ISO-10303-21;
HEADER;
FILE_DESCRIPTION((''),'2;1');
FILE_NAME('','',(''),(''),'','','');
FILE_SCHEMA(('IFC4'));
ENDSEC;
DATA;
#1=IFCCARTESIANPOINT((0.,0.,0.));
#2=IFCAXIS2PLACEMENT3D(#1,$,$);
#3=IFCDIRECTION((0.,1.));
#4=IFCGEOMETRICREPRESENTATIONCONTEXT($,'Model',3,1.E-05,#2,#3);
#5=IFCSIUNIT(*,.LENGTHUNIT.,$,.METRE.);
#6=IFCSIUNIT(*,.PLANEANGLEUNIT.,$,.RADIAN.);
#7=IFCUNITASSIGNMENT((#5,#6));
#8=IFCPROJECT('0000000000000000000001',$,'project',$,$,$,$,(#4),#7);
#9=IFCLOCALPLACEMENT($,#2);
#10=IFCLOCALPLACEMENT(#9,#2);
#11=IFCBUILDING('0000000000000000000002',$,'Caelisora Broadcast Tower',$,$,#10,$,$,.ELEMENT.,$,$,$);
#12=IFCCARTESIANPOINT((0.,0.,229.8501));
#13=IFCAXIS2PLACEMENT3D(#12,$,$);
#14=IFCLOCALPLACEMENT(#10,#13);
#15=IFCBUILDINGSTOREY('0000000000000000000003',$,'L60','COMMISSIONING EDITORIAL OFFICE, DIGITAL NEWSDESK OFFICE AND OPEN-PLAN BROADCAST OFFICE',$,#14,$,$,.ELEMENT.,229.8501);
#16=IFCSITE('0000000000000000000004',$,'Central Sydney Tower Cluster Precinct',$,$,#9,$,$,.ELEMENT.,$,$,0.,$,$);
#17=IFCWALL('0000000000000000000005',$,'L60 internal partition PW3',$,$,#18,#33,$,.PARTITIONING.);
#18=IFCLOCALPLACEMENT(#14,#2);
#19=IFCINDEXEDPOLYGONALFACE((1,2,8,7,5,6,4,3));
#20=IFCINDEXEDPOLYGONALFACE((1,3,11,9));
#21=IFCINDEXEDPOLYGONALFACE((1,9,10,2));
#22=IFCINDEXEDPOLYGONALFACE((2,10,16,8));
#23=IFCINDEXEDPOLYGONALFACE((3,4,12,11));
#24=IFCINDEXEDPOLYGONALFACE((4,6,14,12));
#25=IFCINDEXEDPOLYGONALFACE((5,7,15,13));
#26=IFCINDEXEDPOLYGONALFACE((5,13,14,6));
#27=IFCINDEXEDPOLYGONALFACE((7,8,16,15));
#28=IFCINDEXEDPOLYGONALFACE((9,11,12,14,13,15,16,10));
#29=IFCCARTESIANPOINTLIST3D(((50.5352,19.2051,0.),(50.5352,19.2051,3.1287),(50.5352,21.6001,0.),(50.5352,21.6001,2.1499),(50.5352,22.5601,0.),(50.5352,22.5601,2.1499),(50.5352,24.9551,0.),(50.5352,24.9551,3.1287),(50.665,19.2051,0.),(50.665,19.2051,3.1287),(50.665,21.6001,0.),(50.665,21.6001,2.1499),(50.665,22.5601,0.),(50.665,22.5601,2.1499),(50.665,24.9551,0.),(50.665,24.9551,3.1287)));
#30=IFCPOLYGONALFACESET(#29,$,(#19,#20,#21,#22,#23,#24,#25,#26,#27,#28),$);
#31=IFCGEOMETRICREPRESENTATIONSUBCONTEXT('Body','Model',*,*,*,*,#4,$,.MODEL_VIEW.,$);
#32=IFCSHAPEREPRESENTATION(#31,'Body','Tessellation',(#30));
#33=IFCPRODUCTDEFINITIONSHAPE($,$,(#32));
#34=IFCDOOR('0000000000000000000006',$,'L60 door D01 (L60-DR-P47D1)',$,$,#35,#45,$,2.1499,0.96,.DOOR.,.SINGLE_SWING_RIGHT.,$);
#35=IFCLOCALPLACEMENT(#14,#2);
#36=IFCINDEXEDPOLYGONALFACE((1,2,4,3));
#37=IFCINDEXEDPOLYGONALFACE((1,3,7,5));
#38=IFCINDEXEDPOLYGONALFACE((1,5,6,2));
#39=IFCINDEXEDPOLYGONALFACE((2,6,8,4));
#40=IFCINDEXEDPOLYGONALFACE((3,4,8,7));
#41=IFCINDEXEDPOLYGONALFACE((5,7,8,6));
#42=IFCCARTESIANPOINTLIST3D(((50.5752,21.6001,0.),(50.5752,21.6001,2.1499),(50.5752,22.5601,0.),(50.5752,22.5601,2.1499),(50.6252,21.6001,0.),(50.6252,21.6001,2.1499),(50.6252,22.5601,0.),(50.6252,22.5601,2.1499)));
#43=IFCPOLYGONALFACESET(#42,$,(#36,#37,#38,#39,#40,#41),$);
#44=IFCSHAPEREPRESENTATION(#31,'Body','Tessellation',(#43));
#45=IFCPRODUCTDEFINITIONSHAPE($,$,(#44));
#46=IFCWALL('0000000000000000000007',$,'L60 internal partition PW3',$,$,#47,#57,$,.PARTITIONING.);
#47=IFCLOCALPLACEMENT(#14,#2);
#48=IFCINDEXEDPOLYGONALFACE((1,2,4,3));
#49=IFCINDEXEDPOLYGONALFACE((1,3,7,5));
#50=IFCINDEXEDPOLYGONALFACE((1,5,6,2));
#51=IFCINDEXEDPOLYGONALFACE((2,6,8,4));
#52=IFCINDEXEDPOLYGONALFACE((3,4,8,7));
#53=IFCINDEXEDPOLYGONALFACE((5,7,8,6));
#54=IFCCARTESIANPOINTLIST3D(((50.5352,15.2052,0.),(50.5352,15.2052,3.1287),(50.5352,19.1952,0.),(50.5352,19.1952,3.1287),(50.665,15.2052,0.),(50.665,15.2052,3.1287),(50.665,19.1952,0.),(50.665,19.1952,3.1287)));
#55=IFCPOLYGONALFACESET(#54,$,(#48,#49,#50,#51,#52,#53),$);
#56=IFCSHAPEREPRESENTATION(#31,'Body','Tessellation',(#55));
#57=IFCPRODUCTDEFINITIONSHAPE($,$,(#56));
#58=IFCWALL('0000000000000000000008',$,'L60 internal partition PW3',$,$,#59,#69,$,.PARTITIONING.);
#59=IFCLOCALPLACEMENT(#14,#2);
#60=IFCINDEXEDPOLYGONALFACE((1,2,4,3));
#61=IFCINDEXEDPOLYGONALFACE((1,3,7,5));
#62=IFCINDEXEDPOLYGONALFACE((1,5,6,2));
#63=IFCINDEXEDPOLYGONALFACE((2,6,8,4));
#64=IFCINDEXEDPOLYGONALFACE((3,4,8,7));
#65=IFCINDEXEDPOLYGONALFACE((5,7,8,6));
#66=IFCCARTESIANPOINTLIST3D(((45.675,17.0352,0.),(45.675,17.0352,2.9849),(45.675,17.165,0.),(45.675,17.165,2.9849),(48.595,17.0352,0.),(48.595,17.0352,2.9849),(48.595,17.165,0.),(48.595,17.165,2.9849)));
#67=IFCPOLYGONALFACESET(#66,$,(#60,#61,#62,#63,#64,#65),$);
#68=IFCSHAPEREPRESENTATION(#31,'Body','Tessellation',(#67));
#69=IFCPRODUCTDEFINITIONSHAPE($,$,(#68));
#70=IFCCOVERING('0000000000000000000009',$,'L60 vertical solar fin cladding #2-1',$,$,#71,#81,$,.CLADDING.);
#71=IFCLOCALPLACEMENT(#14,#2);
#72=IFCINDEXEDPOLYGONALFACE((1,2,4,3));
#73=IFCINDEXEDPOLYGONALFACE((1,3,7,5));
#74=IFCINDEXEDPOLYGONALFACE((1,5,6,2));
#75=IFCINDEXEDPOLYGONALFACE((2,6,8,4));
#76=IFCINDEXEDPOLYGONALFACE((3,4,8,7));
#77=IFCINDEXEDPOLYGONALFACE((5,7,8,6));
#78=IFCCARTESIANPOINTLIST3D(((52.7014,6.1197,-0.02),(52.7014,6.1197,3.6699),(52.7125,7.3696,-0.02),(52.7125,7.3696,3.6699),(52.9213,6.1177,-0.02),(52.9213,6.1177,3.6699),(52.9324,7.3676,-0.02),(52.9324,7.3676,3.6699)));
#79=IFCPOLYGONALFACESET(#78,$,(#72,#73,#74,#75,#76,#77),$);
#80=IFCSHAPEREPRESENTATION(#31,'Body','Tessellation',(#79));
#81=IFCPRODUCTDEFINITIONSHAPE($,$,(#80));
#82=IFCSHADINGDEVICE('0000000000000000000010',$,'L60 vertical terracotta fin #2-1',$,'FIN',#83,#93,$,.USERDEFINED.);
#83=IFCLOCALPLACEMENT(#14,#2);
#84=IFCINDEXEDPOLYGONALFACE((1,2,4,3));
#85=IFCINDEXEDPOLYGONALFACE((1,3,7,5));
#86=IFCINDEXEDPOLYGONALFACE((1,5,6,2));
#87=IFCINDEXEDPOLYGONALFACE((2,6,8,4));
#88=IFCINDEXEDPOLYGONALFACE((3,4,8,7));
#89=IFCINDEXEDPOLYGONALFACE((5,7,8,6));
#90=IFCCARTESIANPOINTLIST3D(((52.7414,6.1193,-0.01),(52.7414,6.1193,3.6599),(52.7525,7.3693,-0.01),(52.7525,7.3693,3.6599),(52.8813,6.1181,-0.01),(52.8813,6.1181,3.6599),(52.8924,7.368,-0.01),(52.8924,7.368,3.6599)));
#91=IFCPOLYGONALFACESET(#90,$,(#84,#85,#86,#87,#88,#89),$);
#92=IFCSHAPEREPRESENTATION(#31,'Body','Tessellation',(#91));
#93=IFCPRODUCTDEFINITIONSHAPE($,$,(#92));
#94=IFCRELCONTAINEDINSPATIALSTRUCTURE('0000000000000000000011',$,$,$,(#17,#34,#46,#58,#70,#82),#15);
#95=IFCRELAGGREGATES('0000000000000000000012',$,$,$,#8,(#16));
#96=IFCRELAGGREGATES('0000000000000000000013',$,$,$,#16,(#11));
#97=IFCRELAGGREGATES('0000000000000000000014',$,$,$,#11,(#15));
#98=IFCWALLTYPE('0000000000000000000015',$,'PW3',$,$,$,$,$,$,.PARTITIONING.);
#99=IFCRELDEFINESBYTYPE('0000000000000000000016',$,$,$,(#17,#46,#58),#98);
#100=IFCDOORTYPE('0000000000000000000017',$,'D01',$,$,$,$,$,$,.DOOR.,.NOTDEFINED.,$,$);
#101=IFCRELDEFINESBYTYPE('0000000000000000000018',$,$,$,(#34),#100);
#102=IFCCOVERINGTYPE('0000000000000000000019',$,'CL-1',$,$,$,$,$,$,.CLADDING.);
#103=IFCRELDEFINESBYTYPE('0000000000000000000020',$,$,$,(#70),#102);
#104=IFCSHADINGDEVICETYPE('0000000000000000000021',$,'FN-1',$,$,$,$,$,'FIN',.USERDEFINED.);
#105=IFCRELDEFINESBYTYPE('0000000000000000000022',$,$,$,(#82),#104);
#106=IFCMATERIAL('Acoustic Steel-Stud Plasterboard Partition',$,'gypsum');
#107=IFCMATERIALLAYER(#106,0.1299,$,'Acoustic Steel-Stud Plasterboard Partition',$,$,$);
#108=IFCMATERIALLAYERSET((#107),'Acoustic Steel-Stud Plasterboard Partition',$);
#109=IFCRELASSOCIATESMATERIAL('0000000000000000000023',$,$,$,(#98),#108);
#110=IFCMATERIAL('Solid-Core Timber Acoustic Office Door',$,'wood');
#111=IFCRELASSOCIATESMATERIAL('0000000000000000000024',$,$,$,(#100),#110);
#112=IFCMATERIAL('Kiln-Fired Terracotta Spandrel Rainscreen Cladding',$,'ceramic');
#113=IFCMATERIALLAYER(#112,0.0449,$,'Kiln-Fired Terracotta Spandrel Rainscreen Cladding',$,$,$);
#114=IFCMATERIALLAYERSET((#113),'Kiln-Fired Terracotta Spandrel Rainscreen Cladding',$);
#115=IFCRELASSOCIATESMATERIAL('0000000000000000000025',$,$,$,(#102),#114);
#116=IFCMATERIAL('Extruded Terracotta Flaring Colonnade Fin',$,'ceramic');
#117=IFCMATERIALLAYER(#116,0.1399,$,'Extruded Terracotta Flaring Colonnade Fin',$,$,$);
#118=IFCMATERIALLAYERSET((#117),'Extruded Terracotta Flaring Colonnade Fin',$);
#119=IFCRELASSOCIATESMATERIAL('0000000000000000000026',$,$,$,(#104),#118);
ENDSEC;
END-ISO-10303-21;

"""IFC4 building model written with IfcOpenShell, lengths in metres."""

from ifc_helpers import new_model, si_unit, direction, frame, frame_2d, origin, origin_2d, place, context, subcontext, project, spatial, rectangle, extrude, source, transform, mapped, material, layer, layer_set, type_object, type_shapes, element, fill, save


model = new_model("IFC4")

# Units and contexts
model_context = context("Model", 3, precision=1e-05, world=origin(), true_north=direction((0.0, 1.0)))
body_context = subcontext(model_context, "Body", "Model", "MODEL_VIEW")
ifc_project = project(units=[si_unit("LENGTHUNIT", "METRE"), si_unit("PLANEANGLEUNIT", "RADIAN")], contexts=[model_context])

# Site, building, storey
site_placement = place(None, origin())
site = spatial("IfcSite", under=ifc_project, at=site_placement, Name="Central Sydney Tower Cluster Precinct", CompositionType="ELEMENT", RefElevation=0.0)
building_placement = place(site_placement, origin())
building = spatial("IfcBuilding", under=site, at=building_placement, Name="Caelisora Broadcast Tower", CompositionType="ELEMENT")
storey_placement = place(building_placement, frame((0.0, 0.0, 229.8501)))
storey = spatial("IfcBuildingStorey", under=building, at=storey_placement, Name="L60", Description="COMMISSIONING EDITORIAL OFFICE, DIGITAL NEWSDESK OFFICE AND OPEN-PLAN BROADCAST OFFICE", CompositionType="ELEMENT", Elevation=229.8501)

# Shared definitions
ifc_material_1 = material(Name="Acoustic Steel-Stud Plasterboard Partition", Category="gypsum")
ifc_layer_1 = layer(ifc_material_1, 0.1299, Name="Acoustic Steel-Stud Plasterboard Partition")
ifc_layer_set_1 = layer_set([ifc_layer_1], Name="Acoustic Steel-Stud Plasterboard Partition")
wall_type_1 = type_object("IfcWallType", Name="PW3", PredefinedType="PARTITIONING", material=ifc_layer_set_1)

# Wall, opening, door
ifc_material_2 = material(Name="Solid-Core Timber Acoustic Office Door", Category="wood")
door_type_1 = type_object("IfcDoorType", Name="D01", OperationType="NOTDEFINED", PredefinedType="DOOR", material=ifc_material_2)
wall_1_placement = place(storey_placement, frame((50.6001, 19.2051, 0.0), z_axis=(0.0, 0.0, 1.0), x_axis=(0.0, 1.0, 0.0)))
wall_1 = element("IfcWall", 1, at=wall_1_placement, inside=storey, type_object=wall_type_1, Name="L60 internal partition PW3", PredefinedType="PARTITIONING", context=body_context, shape_type="SweptSolid", body=[
    extrude(rectangle(XDim=5.75, YDim=0.1299, at=frame_2d((2.875, 0.0))), origin(), (0.0, 0.0, 1.0), 3.1287),
])
opening_1_placement = place(wall_1_placement, frame((2.395, 0.0, 0.0)))
opening_1 = element("IfcOpeningElement", 2, at=opening_1_placement, cuts=wall_1, PredefinedType="OPENING", context=body_context, shape_type="SweptSolid", body=[
    extrude(rectangle(XDim=0.96, YDim=2.1499, at=frame_2d((0.48, 1.075))), frame((0.0, 0.0769, 0.0), z_axis=(0.0, -1.0, 0.0), x_axis=(1.0, 0.0, 0.0)), (0.0, 0.0, 1.0), 0.1538),
])
door_1_placement = place(opening_1_placement, origin())
door_1 = element("IfcDoor", 3, at=door_1_placement, inside=storey, type_object=door_type_1, Name="L60 door D01 (L60-DR-P47D1)", OperationType="SINGLE_SWING_RIGHT", OverallHeight=2.1499, OverallWidth=0.96, PredefinedType="DOOR", context=body_context, shape_type="SweptSolid", body=[
    extrude(rectangle(XDim=0.96, YDim=2.1499, at=frame_2d((0.48, 1.075))), frame((0.0, 0.0249, 0.0), z_axis=(0.0, -1.0, 0.0), x_axis=(1.0, 0.0, 0.0)), (0.0, 0.0, 1.0), 0.05),
])
fill(opening_1, door_1)

# Walls
wall_2_placement = place(storey_placement, frame((50.6001, 15.2051, 0.0), z_axis=(0.0, 0.0, 1.0), x_axis=(0.0, 1.0, 0.0)))
element("IfcWall", 4, at=wall_2_placement, inside=storey, type_object=wall_type_1, Name="L60 internal partition PW3", PredefinedType="PARTITIONING", context=body_context, shape_type="SweptSolid", body=[
    extrude(rectangle(XDim=3.99, YDim=0.1299, at=frame_2d((1.9951, 0.0))), origin(), (0.0, 0.0, 1.0), 3.1287),
])
wall_3_placement = place(storey_placement, frame((45.675, 17.1001, 0.0), z_axis=(0.0, 0.0, 1.0), x_axis=(1.0, 0.0, 0.0)))
element("IfcWall", 5, at=wall_3_placement, inside=storey, type_object=wall_type_1, Name="L60 internal partition PW3", PredefinedType="PARTITIONING", context=body_context, shape_type="SweptSolid", body=[
    extrude(rectangle(XDim=2.9199, YDim=0.1299, at=frame_2d((1.46, 0.0))), origin(), (0.0, 0.0, 1.0), 2.9849),
])

# Covering
ifc_material_3 = material(Name="Kiln-Fired Terracotta Spandrel Rainscreen Cladding", Category="ceramic")
ifc_layer_2 = layer(ifc_material_3, 0.0449, Name="Kiln-Fired Terracotta Spandrel Rainscreen Cladding")
ifc_layer_set_2 = layer_set([ifc_layer_2], Name="Kiln-Fired Terracotta Spandrel Rainscreen Cladding")
covering_type = type_object("IfcCoveringType", Name="CL-1", PredefinedType="CLADDING", material=ifc_layer_set_2)
shared_shape_1 = source(origin(), body_context, "Body", "SweptSolid", [
    extrude(rectangle(XDim=0.22, YDim=1.25, at=origin_2d()), origin(), (0.0, 0.0, 1.0), 3.6899),
])
type_shapes(covering_type, [shared_shape_1])
covering_placement = place(storey_placement, frame((52.8169, 6.7437, -0.02), z_axis=(0.0, 0.0, 1.0), x_axis=(-0.99996, 0.008901, 0.0)))
element("IfcCovering", 6, at=covering_placement, inside=storey, type_object=covering_type, Name="L60 vertical solar fin cladding #2-1", PredefinedType="CLADDING", context=body_context, shape_type="MappedRepresentation", body=[
    mapped(shared_shape_1, transform((0.0, 0.0, 0.0), scale=1.0)),
])

# Shading device
ifc_material_4 = material(Name="Extruded Terracotta Flaring Colonnade Fin", Category="ceramic")
ifc_layer_3 = layer(ifc_material_4, 0.1399, Name="Extruded Terracotta Flaring Colonnade Fin")
ifc_layer_set_3 = layer_set([ifc_layer_3], Name="Extruded Terracotta Flaring Colonnade Fin")
shading_device_type = type_object("IfcShadingDeviceType", Name="FN-1", ElementType="FIN", PredefinedType="USERDEFINED", material=ifc_layer_set_3)
shared_shape_2 = source(origin(), body_context, "Body", "SweptSolid", [
    extrude(rectangle(XDim=0.1399, YDim=1.25, at=origin_2d()), origin(), (0.0, 0.0, 1.0), 3.6699),
])
type_shapes(shading_device_type, [shared_shape_2])
shading_device_placement = place(storey_placement, frame((52.8169, 6.7437, -0.01), z_axis=(0.0, 0.0, 1.0), x_axis=(-0.99996, 0.008901, 0.0)))
element("IfcShadingDevice", 7, at=shading_device_placement, inside=storey, type_object=shading_device_type, Name="L60 vertical terracotta fin #2-1", ObjectType="FIN", PredefinedType="USERDEFINED", context=body_context, shape_type="MappedRepresentation", body=[
    mapped(shared_shape_2, transform((0.0, 0.0, 0.0), scale=1.0)),
])

save(model, "model.ifc")
